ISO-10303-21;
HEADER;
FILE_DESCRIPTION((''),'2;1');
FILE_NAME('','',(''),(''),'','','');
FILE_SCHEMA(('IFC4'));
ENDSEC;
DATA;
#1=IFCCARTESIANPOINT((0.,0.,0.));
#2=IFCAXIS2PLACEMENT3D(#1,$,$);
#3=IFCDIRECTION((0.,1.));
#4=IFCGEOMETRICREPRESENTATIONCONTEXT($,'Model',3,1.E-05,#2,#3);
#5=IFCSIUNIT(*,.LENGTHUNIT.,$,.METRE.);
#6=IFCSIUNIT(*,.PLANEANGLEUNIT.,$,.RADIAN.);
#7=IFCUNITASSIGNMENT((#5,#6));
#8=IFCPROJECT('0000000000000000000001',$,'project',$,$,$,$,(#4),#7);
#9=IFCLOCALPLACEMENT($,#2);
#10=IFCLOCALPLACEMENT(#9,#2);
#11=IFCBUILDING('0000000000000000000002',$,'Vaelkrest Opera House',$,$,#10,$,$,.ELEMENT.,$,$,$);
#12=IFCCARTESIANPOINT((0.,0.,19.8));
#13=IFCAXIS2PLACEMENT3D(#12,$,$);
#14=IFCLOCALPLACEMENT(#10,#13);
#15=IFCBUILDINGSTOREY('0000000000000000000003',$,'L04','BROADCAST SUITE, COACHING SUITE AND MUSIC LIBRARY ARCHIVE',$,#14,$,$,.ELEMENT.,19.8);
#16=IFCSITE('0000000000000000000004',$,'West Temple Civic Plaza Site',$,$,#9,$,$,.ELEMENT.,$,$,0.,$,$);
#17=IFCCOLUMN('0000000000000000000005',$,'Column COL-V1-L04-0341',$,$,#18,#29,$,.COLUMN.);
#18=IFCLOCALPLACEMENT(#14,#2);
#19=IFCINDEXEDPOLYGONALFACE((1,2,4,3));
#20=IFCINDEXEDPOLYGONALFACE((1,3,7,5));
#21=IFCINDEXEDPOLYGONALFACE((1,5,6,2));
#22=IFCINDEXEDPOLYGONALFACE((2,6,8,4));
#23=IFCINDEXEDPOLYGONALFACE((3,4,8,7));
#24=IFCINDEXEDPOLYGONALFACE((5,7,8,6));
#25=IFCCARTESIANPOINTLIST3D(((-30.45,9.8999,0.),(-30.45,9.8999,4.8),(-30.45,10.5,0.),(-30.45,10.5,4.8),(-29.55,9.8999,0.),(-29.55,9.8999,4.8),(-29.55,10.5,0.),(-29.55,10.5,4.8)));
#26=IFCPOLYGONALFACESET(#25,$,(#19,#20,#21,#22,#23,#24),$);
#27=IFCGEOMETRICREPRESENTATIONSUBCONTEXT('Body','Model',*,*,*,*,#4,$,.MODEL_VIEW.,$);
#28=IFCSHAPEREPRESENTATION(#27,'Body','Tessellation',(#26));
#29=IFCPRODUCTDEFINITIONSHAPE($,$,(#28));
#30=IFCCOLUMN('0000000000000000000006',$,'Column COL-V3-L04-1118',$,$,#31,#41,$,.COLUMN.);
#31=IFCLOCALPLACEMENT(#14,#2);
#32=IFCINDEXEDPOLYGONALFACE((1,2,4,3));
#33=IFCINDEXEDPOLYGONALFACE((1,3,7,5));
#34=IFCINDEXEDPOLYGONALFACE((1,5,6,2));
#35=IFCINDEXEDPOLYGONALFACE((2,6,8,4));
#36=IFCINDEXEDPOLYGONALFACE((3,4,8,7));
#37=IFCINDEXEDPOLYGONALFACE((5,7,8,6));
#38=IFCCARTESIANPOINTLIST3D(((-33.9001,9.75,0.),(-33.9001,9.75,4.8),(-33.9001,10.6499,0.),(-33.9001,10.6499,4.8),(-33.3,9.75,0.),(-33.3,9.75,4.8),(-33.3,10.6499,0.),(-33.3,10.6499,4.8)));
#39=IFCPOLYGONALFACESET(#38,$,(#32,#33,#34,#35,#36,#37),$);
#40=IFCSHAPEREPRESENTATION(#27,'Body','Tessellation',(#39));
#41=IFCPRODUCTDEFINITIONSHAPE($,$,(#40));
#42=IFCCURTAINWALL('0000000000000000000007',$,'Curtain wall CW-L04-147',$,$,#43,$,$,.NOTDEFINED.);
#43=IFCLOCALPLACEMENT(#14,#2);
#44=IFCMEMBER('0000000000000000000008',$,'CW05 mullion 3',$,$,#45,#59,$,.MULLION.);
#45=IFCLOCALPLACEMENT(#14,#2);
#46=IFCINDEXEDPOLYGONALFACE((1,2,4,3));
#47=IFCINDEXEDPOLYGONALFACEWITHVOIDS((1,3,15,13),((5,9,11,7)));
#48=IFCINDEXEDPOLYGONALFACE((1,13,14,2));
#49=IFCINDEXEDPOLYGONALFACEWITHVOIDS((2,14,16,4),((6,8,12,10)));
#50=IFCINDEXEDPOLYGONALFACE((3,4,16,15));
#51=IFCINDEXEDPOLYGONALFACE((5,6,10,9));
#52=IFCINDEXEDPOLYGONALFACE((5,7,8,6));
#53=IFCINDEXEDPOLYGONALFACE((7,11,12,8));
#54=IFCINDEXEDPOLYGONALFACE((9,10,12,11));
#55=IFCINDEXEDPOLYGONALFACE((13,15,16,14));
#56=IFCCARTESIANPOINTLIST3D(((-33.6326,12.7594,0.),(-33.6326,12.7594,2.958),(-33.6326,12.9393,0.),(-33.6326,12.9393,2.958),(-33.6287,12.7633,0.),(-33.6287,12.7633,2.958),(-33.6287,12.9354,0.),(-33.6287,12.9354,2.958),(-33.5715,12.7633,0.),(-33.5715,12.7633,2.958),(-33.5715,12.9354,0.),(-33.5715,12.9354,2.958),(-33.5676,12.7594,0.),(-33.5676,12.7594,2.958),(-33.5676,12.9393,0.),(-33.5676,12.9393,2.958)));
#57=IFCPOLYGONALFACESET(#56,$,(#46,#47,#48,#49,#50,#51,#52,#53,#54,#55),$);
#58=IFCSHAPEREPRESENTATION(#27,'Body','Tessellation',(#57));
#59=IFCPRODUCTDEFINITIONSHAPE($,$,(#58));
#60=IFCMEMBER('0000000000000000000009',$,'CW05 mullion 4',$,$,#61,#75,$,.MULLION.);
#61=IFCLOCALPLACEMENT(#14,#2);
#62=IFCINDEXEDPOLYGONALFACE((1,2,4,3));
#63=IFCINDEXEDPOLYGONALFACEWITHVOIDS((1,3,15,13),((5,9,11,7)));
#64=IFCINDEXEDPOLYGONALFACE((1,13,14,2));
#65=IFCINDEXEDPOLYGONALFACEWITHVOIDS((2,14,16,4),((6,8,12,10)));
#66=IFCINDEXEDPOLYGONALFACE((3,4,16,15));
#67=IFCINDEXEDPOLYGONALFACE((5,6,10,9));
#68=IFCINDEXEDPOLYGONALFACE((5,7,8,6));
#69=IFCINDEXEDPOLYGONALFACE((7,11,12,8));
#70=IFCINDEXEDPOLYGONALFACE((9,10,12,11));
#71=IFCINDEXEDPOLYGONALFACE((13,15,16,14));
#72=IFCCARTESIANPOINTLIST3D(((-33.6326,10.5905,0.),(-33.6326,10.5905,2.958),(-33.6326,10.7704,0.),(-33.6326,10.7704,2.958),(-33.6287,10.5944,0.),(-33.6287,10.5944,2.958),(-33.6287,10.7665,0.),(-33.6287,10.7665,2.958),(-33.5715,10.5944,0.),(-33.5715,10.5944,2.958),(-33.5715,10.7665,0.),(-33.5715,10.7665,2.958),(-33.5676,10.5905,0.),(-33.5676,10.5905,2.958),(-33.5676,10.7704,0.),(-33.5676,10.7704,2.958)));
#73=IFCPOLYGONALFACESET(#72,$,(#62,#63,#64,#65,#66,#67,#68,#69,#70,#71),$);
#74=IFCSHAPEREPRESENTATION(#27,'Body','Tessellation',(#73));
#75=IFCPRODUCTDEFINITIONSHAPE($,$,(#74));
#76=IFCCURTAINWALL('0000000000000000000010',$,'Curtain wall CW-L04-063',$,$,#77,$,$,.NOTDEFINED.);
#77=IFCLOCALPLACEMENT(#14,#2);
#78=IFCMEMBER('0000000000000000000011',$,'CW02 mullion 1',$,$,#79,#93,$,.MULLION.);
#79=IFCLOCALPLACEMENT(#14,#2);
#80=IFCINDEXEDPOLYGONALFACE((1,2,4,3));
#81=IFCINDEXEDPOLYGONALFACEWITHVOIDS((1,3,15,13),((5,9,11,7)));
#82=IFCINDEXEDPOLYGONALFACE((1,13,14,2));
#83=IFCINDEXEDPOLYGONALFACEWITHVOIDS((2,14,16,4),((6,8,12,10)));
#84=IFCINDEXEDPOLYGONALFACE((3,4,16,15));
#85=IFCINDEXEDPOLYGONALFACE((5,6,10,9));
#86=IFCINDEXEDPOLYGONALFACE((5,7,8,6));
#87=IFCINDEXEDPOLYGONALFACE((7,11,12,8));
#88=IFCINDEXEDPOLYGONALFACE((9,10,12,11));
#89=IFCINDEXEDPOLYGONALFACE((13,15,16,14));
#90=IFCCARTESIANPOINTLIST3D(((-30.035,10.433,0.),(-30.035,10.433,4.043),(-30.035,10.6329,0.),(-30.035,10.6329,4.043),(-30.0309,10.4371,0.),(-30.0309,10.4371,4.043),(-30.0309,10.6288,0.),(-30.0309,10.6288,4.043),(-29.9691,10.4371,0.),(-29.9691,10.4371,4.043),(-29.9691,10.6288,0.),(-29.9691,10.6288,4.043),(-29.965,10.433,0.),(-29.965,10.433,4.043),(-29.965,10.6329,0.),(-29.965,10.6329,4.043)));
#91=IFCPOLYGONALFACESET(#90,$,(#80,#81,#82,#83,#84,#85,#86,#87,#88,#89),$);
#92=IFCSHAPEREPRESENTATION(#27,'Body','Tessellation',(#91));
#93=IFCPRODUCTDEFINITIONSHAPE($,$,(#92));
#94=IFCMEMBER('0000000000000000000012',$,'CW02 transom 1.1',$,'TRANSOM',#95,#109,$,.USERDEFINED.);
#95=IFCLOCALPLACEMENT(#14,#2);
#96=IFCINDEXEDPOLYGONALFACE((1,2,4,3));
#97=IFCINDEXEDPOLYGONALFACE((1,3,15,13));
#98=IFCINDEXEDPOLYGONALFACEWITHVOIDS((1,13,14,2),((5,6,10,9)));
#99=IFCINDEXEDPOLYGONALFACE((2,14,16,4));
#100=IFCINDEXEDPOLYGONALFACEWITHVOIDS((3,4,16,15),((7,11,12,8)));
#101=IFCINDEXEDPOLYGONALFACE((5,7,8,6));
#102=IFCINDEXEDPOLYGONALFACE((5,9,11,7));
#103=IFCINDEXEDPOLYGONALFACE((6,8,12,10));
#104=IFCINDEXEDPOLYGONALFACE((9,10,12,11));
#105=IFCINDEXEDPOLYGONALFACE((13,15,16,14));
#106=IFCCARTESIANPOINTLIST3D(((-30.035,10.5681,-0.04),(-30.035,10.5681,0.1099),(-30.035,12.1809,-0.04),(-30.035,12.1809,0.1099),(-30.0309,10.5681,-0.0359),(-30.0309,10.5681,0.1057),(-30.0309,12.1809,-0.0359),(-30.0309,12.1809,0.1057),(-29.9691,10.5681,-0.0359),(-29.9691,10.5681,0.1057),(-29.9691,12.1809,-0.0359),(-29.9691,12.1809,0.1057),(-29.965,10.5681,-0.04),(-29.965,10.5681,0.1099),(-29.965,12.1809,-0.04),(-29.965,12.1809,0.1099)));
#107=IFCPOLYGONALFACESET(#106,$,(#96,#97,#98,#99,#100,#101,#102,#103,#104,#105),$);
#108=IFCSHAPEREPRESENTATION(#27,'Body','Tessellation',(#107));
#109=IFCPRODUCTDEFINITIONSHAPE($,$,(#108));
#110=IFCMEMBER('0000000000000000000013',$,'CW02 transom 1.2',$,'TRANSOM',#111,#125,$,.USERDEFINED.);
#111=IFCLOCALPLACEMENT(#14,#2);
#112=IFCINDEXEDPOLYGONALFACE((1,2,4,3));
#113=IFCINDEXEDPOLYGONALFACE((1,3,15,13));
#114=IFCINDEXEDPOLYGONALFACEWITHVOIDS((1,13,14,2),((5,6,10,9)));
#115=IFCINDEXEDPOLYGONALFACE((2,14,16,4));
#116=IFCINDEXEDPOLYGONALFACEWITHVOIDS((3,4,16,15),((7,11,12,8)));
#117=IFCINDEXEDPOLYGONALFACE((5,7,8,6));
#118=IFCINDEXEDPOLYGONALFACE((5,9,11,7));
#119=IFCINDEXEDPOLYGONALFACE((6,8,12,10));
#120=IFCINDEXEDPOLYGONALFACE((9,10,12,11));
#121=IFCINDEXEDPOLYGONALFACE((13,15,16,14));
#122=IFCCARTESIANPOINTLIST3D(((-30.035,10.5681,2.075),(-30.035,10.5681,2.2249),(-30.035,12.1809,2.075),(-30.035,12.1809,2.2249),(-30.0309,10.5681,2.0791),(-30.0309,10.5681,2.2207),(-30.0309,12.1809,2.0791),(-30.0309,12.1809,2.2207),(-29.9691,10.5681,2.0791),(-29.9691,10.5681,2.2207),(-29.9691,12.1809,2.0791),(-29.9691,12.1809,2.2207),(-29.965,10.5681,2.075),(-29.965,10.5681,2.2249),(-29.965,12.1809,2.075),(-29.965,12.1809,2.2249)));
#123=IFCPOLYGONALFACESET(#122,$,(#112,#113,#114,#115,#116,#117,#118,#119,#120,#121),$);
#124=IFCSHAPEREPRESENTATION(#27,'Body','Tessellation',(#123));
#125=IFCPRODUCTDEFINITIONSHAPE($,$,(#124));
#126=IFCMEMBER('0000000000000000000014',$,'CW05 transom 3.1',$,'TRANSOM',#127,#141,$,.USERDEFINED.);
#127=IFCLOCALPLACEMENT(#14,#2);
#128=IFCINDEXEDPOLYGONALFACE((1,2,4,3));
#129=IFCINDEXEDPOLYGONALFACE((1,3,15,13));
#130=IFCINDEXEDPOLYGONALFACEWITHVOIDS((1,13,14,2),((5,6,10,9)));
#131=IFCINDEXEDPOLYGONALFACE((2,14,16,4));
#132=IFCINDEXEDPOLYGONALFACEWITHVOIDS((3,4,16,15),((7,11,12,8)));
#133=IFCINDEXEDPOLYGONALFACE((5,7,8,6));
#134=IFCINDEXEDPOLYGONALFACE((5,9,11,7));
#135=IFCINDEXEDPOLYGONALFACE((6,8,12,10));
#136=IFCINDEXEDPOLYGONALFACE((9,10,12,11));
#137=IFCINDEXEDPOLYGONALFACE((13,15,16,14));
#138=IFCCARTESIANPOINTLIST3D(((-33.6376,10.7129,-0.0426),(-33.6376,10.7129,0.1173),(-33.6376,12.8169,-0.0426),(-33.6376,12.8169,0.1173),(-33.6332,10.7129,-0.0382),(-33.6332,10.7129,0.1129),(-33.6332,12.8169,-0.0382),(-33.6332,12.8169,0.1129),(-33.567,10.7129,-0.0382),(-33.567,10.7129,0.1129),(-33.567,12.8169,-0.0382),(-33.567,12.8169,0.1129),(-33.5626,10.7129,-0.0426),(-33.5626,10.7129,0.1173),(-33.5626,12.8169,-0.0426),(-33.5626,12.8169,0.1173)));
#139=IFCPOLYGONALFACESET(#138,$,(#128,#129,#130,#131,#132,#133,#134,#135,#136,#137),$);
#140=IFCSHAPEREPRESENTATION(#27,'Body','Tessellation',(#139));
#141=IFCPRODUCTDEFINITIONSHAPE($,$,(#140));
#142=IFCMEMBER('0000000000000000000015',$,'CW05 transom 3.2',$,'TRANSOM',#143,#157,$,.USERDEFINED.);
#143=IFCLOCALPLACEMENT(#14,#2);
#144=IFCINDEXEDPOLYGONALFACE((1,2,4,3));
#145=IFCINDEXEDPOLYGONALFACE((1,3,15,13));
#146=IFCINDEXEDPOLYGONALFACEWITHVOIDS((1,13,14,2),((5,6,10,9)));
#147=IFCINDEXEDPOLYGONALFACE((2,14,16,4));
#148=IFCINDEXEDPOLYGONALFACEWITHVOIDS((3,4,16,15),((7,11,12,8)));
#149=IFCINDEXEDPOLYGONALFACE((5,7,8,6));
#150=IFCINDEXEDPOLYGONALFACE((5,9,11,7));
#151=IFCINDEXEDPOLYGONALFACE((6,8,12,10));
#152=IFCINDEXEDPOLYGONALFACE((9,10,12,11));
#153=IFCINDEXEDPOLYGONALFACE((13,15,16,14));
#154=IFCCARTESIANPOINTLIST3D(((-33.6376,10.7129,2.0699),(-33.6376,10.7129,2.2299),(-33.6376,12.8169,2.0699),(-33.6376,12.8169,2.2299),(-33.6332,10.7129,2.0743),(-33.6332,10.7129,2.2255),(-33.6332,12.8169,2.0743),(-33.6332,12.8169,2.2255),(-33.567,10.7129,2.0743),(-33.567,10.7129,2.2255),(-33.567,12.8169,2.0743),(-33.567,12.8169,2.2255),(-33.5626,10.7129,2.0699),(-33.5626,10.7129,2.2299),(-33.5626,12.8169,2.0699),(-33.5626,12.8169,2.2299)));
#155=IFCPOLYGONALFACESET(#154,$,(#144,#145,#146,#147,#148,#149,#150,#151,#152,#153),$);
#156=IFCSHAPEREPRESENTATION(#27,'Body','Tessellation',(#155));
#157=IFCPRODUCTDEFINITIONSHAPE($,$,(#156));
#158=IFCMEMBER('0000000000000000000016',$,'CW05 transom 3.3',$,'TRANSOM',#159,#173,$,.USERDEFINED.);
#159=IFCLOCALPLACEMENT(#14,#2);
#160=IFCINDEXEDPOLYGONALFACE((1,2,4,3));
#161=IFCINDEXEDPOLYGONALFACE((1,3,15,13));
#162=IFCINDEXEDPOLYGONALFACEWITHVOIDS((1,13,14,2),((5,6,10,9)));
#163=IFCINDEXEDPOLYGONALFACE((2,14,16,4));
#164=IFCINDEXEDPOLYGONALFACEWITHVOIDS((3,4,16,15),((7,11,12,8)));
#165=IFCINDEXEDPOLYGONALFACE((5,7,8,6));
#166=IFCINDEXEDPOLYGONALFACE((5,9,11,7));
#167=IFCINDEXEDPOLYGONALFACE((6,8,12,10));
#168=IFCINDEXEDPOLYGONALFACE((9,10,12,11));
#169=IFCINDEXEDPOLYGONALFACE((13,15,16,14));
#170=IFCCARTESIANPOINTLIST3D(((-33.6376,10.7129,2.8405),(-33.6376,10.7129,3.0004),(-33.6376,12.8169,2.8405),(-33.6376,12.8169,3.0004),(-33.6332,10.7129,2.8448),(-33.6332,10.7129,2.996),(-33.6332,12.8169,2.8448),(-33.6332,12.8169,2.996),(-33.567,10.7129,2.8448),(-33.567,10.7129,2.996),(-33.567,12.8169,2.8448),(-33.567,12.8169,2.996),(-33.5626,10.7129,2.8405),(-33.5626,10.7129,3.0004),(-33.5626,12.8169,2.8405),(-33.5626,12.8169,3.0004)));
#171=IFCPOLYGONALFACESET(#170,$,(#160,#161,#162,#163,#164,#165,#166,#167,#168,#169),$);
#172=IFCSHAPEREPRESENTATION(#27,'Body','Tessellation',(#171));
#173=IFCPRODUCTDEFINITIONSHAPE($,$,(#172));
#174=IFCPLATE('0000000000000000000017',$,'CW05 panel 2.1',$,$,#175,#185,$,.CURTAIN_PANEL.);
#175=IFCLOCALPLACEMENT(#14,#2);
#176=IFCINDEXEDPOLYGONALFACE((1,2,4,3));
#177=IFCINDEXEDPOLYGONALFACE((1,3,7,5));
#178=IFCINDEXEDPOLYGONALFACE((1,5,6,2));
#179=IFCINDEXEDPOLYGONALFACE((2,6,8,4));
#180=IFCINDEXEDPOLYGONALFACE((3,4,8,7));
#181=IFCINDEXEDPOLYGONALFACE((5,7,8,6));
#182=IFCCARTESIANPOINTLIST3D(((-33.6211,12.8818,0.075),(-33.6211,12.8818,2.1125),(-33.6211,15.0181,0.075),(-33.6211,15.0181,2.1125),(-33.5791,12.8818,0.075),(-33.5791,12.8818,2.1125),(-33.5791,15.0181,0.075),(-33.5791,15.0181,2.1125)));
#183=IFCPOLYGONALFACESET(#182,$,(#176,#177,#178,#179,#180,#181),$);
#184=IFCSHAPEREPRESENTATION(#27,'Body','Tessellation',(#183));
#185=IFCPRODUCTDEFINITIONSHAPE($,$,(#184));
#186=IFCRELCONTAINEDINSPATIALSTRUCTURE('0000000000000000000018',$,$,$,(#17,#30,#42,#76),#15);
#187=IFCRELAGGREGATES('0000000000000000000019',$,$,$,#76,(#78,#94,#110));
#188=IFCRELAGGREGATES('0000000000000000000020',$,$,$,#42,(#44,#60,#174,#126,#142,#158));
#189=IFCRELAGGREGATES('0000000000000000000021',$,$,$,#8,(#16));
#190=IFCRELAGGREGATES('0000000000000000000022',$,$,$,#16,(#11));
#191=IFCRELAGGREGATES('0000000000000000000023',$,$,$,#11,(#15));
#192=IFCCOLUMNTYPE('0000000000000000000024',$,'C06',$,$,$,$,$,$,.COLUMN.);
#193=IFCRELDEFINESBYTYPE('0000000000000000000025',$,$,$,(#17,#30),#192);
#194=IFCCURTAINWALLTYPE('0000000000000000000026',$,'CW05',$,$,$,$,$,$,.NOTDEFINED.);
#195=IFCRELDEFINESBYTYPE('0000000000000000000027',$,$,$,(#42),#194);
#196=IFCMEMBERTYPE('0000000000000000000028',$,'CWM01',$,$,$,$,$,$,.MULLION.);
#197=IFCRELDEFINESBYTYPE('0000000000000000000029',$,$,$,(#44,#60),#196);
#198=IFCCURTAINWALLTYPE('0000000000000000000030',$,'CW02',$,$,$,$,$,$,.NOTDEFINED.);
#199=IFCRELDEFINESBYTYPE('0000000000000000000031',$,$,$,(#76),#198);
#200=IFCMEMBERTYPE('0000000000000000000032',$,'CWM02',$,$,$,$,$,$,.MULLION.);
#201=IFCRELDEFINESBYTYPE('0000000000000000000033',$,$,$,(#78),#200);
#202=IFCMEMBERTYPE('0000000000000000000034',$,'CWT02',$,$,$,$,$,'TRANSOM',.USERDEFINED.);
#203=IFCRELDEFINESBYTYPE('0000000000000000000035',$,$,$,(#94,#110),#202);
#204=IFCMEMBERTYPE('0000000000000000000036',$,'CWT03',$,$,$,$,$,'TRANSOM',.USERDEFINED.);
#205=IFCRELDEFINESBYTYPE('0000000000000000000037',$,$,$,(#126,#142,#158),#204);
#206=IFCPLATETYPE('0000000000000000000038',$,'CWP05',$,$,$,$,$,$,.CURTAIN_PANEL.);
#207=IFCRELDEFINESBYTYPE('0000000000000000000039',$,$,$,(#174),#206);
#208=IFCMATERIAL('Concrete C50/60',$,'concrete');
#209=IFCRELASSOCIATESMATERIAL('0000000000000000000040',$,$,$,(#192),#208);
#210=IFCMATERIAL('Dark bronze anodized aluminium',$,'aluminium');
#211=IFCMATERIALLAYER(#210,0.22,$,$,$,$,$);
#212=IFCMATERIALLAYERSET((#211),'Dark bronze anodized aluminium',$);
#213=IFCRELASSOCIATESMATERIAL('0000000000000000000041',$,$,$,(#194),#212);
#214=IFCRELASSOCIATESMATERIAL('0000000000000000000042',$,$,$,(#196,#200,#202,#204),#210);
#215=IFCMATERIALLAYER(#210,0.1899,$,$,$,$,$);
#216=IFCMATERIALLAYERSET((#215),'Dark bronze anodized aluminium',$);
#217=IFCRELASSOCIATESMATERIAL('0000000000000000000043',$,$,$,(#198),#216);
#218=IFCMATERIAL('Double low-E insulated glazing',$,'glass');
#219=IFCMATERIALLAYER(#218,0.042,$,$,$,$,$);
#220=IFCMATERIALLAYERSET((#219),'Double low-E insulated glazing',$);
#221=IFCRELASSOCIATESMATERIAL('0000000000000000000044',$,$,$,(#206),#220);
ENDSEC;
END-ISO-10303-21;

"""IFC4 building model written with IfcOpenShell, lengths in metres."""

from ifc_helpers import new_model, si_unit, direction, frame, origin, origin_2d, place, context, subcontext, project, spatial, rectangle, hollow_rectangle, extrude, material, layer, layer_set, material_profile, profile_set, type_object, element, aggregate, save


model = new_model("IFC4")

# Units and contexts
model_context = context("Model", 3, precision=1e-05, world=origin(), true_north=direction((0.0, 1.0)))
body_context = subcontext(model_context, "Body", "Model", "MODEL_VIEW")
ifc_project = project(units=[si_unit("LENGTHUNIT", "METRE"), si_unit("PLANEANGLEUNIT", "RADIAN")], contexts=[model_context])

# Site, building, storey
site_placement = place(None, origin())
site = spatial("IfcSite", under=ifc_project, at=site_placement, Name="West Temple Civic Plaza Site", CompositionType="ELEMENT", RefElevation=0.0)
building_placement = place(site_placement, origin())
building = spatial("IfcBuilding", under=site, at=building_placement, Name="Vaelkrest Opera House", CompositionType="ELEMENT")
storey_placement = place(building_placement, frame((0.0, 0.0, 19.8)))
storey = spatial("IfcBuildingStorey", under=building, at=storey_placement, Name="L04", Description="BROADCAST SUITE, COACHING SUITE AND MUSIC LIBRARY ARCHIVE", CompositionType="ELEMENT", Elevation=19.8)

# Columns
ifc_material_1 = material(Name="Concrete C50/60", Category="concrete")
ifc_material_profile_1 = material_profile(ifc_material_1, rectangle(XDim=0.6001, YDim=0.8999, at=origin_2d()), Name="RC600X900")
ifc_profile_set_1 = profile_set([ifc_material_profile_1], Name="Concrete C50/60")
column_type = type_object("IfcColumnType", Name="C06", PredefinedType="COLUMN", material=ifc_profile_set_1)
for number, where, z_axis, x_axis, name in (
    (1, (-30.0, 10.2, 0.0), (0.0, 0.0, 1.0), (0.0, 1.0, 0.0), "Column COL-V1-L04-0341"),
    (2, (-33.6001, 10.2, 0.0), (0.0, 0.0, 1.0), (1.0, 0.0, 0.0), "Column COL-V3-L04-1118"),
):
    element("IfcColumn", number, at=place(storey_placement, frame(where, z_axis=z_axis, x_axis=x_axis)), inside=storey, type_object=column_type, Name=name, PredefinedType="COLUMN", context=body_context, shape_type="SweptSolid", body=[
        extrude(rectangle(XDim=0.6001, YDim=0.8999, at=origin_2d()), origin(), (0.0, 0.0, 1.0), 4.8),
    ])

# Curtain walls, members
ifc_material_2 = material(Name="Dark bronze anodized aluminium", Category="aluminium")
ifc_layer_1 = layer(ifc_material_2, 0.22)
ifc_layer_set_1 = layer_set([ifc_layer_1], Name="Dark bronze anodized aluminium")
curtain_wall_type_1 = type_object("IfcCurtainWallType", Name="CW05", PredefinedType="NOTDEFINED", material=ifc_layer_set_1)
curtain_wall_1_placement = place(storey_placement, origin())
curtain_wall_1 = element("IfcCurtainWall", 3, at=curtain_wall_1_placement, inside=storey, type_object=curtain_wall_type_1, Name="Curtain wall CW-L04-147", PredefinedType="NOTDEFINED")
ifc_material_profile_2 = material_profile(ifc_material_2, hollow_rectangle(XDim=0.0649, YDim=0.1799, WallThickness=0.0039, at=origin_2d()), Name="CWM65X180")
ifc_profile_set_2 = profile_set([ifc_material_profile_2], Name="Dark bronze anodized aluminium")
member_type_1 = type_object("IfcMemberType", Name="CWM01", PredefinedType="MULLION", material=ifc_profile_set_2)
member_1_placement = place(storey_placement, frame((-33.6001, 12.8494, 0.0), z_axis=(0.0, 0.0, 1.0), x_axis=(1.0, 0.0, 0.0)))
member_1 = element("IfcMember", 4, at=member_1_placement, type_object=member_type_1, Name="CW05 mullion 3", PredefinedType="MULLION", context=body_context, shape_type="SweptSolid", body=[
    extrude(hollow_rectangle(XDim=0.0649, YDim=0.1799, WallThickness=0.0039, at=origin_2d()), origin(), (0.0, 0.0, 1.0), 2.958),
])
member_2_placement = place(storey_placement, frame((-33.6001, 10.6804, 0.0), z_axis=(0.0, 0.0, 1.0), x_axis=(1.0, 0.0, 0.0)))
member_2 = element("IfcMember", 5, at=member_2_placement, type_object=member_type_1, Name="CW05 mullion 4", PredefinedType="MULLION", context=body_context, shape_type="SweptSolid", body=[
    extrude(hollow_rectangle(XDim=0.0649, YDim=0.1799, WallThickness=0.0039, at=origin_2d()), origin(), (0.0, 0.0, 1.0), 2.958),
])
ifc_layer_2 = layer(ifc_material_2, 0.1899)
ifc_layer_set_2 = layer_set([ifc_layer_2], Name="Dark bronze anodized aluminium")
curtain_wall_type_2 = type_object("IfcCurtainWallType", Name="CW02", PredefinedType="NOTDEFINED", material=ifc_layer_set_2)
curtain_wall_2_placement = place(storey_placement, origin())
curtain_wall_2 = element("IfcCurtainWall", 6, at=curtain_wall_2_placement, inside=storey, type_object=curtain_wall_type_2, Name="Curtain wall CW-L04-063", PredefinedType="NOTDEFINED")
ifc_material_profile_3 = material_profile(ifc_material_2, hollow_rectangle(XDim=0.0701, YDim=0.2, WallThickness=0.0042, at=origin_2d()), Name="CWM70X200")
ifc_profile_set_3 = profile_set([ifc_material_profile_3], Name="Dark bronze anodized aluminium")
member_type_2 = type_object("IfcMemberType", Name="CWM02", PredefinedType="MULLION", material=ifc_profile_set_3)
member_3_placement = place(storey_placement, frame((-30.0, 10.533, 0.0), z_axis=(0.0, 0.0, 1.0), x_axis=(-1.0, 0.0, 0.0)))
member_3 = element("IfcMember", 7, at=member_3_placement, type_object=member_type_2, Name="CW02 mullion 1", PredefinedType="MULLION", context=body_context, shape_type="SweptSolid", body=[
    extrude(hollow_rectangle(XDim=0.0701, YDim=0.2, WallThickness=0.0042, at=origin_2d()), origin(), (0.0, 0.0, 1.0), 4.043),
])
ifc_material_profile_4 = material_profile(ifc_material_2, hollow_rectangle(XDim=0.0701, YDim=0.1499, WallThickness=0.0042, at=origin_2d()), Name="CWT70X150")
ifc_profile_set_4 = profile_set([ifc_material_profile_4], Name="Dark bronze anodized aluminium")
member_type_3 = type_object("IfcMemberType", Name="CWT02", ElementType="TRANSOM", PredefinedType="USERDEFINED", material=ifc_profile_set_4)
member_4_placement = place(storey_placement, frame((-30.0, 10.5681, 0.0349), z_axis=(0.0, 1.0, 0.0), x_axis=(-1.0, 0.0, 0.0)))
member_4 = element("IfcMember", 8, at=member_4_placement, type_object=member_type_3, Name="CW02 transom 1.1", ObjectType="TRANSOM", PredefinedType="USERDEFINED", context=body_context, shape_type="SweptSolid", body=[
    extrude(hollow_rectangle(XDim=0.0701, YDim=0.1499, WallThickness=0.0042, at=origin_2d()), origin(), (0.0, 0.0, 1.0), 1.6128),
])
member_5_placement = place(storey_placement, frame((-30.0, 10.5681, 2.1499), z_axis=(0.0, 1.0, 0.0), x_axis=(-1.0, 0.0, 0.0)))
member_5 = element("IfcMember", 9, at=member_5_placement, type_object=member_type_3, Name="CW02 transom 1.2", ObjectType="TRANSOM", PredefinedType="USERDEFINED", context=body_context, shape_type="SweptSolid", body=[
    extrude(hollow_rectangle(XDim=0.0701, YDim=0.1499, WallThickness=0.0042, at=origin_2d()), origin(), (0.0, 0.0, 1.0), 1.6128),
])
aggregate(curtain_wall_2, [member_3, member_4, member_5])

# Members
ifc_material_profile_5 = material_profile(ifc_material_2, hollow_rectangle(XDim=0.075, YDim=0.1599, WallThickness=0.0044, at=origin_2d()), Name="CWT75X160")
ifc_profile_set_5 = profile_set([ifc_material_profile_5], Name="Dark bronze anodized aluminium")
member_type_4 = type_object("IfcMemberType", Name="CWT03", ElementType="TRANSOM", PredefinedType="USERDEFINED", material=ifc_profile_set_5)
member_6_placement = place(storey_placement, frame((-33.6001, 12.8169, 0.0374), z_axis=(0.0, -1.0, 0.0), x_axis=(1.0, 0.0, 0.0)))
member_6 = element("IfcMember", 10, at=member_6_placement, type_object=member_type_4, Name="CW05 transom 3.1", ObjectType="TRANSOM", PredefinedType="USERDEFINED", context=body_context, shape_type="SweptSolid", body=[
    extrude(hollow_rectangle(XDim=0.075, YDim=0.1599, WallThickness=0.0044, at=origin_2d()), origin(), (0.0, 0.0, 1.0), 2.104),
])
member_7_placement = place(storey_placement, frame((-33.6001, 12.8169, 2.1499), z_axis=(0.0, -1.0, 0.0), x_axis=(1.0, 0.0, 0.0)))
member_7 = element("IfcMember", 11, at=member_7_placement, type_object=member_type_4, Name="CW05 transom 3.2", ObjectType="TRANSOM", PredefinedType="USERDEFINED", context=body_context, shape_type="SweptSolid", body=[
    extrude(hollow_rectangle(XDim=0.075, YDim=0.1599, WallThickness=0.0044, at=origin_2d()), origin(), (0.0, 0.0, 1.0), 2.104),
])
member_8_placement = place(storey_placement, frame((-33.6001, 12.8169, 2.9204), z_axis=(0.0, -1.0, 0.0), x_axis=(1.0, 0.0, 0.0)))
member_8 = element("IfcMember", 12, at=member_8_placement, type_object=member_type_4, Name="CW05 transom 3.3", ObjectType="TRANSOM", PredefinedType="USERDEFINED", context=body_context, shape_type="SweptSolid", body=[
    extrude(hollow_rectangle(XDim=0.075, YDim=0.1599, WallThickness=0.0044, at=origin_2d()), origin(), (0.0, 0.0, 1.0), 2.104),
])

# Plate
ifc_material_3 = material(Name="Double low-E insulated glazing", Category="glass")
ifc_layer_3 = layer(ifc_material_3, 0.042)
ifc_layer_set_3 = layer_set([ifc_layer_3], Name="Double low-E insulated glazing")
plate_type = type_object("IfcPlateType", Name="CWP05", PredefinedType="CURTAIN_PANEL", material=ifc_layer_set_3)
plate_1_placement = place(storey_placement, frame((-33.6001, 13.95, 0.075), z_axis=(0.0, 0.0, 1.0), x_axis=(0.0, -1.0, 0.0)))
plate_1 = element("IfcPlate", 13, at=plate_1_placement, type_object=plate_type, Name="CW05 panel 2.1", PredefinedType="CURTAIN_PANEL", context=body_context, shape_type="SweptSolid", body=[
    extrude(rectangle(XDim=2.1362, YDim=0.042, at=origin_2d()), origin(), (0.0, 0.0, 1.0), 2.0376),
])
aggregate(curtain_wall_1, [member_1, member_2, plate_1, member_6, member_7, member_8])

save(model, "model.ifc")
